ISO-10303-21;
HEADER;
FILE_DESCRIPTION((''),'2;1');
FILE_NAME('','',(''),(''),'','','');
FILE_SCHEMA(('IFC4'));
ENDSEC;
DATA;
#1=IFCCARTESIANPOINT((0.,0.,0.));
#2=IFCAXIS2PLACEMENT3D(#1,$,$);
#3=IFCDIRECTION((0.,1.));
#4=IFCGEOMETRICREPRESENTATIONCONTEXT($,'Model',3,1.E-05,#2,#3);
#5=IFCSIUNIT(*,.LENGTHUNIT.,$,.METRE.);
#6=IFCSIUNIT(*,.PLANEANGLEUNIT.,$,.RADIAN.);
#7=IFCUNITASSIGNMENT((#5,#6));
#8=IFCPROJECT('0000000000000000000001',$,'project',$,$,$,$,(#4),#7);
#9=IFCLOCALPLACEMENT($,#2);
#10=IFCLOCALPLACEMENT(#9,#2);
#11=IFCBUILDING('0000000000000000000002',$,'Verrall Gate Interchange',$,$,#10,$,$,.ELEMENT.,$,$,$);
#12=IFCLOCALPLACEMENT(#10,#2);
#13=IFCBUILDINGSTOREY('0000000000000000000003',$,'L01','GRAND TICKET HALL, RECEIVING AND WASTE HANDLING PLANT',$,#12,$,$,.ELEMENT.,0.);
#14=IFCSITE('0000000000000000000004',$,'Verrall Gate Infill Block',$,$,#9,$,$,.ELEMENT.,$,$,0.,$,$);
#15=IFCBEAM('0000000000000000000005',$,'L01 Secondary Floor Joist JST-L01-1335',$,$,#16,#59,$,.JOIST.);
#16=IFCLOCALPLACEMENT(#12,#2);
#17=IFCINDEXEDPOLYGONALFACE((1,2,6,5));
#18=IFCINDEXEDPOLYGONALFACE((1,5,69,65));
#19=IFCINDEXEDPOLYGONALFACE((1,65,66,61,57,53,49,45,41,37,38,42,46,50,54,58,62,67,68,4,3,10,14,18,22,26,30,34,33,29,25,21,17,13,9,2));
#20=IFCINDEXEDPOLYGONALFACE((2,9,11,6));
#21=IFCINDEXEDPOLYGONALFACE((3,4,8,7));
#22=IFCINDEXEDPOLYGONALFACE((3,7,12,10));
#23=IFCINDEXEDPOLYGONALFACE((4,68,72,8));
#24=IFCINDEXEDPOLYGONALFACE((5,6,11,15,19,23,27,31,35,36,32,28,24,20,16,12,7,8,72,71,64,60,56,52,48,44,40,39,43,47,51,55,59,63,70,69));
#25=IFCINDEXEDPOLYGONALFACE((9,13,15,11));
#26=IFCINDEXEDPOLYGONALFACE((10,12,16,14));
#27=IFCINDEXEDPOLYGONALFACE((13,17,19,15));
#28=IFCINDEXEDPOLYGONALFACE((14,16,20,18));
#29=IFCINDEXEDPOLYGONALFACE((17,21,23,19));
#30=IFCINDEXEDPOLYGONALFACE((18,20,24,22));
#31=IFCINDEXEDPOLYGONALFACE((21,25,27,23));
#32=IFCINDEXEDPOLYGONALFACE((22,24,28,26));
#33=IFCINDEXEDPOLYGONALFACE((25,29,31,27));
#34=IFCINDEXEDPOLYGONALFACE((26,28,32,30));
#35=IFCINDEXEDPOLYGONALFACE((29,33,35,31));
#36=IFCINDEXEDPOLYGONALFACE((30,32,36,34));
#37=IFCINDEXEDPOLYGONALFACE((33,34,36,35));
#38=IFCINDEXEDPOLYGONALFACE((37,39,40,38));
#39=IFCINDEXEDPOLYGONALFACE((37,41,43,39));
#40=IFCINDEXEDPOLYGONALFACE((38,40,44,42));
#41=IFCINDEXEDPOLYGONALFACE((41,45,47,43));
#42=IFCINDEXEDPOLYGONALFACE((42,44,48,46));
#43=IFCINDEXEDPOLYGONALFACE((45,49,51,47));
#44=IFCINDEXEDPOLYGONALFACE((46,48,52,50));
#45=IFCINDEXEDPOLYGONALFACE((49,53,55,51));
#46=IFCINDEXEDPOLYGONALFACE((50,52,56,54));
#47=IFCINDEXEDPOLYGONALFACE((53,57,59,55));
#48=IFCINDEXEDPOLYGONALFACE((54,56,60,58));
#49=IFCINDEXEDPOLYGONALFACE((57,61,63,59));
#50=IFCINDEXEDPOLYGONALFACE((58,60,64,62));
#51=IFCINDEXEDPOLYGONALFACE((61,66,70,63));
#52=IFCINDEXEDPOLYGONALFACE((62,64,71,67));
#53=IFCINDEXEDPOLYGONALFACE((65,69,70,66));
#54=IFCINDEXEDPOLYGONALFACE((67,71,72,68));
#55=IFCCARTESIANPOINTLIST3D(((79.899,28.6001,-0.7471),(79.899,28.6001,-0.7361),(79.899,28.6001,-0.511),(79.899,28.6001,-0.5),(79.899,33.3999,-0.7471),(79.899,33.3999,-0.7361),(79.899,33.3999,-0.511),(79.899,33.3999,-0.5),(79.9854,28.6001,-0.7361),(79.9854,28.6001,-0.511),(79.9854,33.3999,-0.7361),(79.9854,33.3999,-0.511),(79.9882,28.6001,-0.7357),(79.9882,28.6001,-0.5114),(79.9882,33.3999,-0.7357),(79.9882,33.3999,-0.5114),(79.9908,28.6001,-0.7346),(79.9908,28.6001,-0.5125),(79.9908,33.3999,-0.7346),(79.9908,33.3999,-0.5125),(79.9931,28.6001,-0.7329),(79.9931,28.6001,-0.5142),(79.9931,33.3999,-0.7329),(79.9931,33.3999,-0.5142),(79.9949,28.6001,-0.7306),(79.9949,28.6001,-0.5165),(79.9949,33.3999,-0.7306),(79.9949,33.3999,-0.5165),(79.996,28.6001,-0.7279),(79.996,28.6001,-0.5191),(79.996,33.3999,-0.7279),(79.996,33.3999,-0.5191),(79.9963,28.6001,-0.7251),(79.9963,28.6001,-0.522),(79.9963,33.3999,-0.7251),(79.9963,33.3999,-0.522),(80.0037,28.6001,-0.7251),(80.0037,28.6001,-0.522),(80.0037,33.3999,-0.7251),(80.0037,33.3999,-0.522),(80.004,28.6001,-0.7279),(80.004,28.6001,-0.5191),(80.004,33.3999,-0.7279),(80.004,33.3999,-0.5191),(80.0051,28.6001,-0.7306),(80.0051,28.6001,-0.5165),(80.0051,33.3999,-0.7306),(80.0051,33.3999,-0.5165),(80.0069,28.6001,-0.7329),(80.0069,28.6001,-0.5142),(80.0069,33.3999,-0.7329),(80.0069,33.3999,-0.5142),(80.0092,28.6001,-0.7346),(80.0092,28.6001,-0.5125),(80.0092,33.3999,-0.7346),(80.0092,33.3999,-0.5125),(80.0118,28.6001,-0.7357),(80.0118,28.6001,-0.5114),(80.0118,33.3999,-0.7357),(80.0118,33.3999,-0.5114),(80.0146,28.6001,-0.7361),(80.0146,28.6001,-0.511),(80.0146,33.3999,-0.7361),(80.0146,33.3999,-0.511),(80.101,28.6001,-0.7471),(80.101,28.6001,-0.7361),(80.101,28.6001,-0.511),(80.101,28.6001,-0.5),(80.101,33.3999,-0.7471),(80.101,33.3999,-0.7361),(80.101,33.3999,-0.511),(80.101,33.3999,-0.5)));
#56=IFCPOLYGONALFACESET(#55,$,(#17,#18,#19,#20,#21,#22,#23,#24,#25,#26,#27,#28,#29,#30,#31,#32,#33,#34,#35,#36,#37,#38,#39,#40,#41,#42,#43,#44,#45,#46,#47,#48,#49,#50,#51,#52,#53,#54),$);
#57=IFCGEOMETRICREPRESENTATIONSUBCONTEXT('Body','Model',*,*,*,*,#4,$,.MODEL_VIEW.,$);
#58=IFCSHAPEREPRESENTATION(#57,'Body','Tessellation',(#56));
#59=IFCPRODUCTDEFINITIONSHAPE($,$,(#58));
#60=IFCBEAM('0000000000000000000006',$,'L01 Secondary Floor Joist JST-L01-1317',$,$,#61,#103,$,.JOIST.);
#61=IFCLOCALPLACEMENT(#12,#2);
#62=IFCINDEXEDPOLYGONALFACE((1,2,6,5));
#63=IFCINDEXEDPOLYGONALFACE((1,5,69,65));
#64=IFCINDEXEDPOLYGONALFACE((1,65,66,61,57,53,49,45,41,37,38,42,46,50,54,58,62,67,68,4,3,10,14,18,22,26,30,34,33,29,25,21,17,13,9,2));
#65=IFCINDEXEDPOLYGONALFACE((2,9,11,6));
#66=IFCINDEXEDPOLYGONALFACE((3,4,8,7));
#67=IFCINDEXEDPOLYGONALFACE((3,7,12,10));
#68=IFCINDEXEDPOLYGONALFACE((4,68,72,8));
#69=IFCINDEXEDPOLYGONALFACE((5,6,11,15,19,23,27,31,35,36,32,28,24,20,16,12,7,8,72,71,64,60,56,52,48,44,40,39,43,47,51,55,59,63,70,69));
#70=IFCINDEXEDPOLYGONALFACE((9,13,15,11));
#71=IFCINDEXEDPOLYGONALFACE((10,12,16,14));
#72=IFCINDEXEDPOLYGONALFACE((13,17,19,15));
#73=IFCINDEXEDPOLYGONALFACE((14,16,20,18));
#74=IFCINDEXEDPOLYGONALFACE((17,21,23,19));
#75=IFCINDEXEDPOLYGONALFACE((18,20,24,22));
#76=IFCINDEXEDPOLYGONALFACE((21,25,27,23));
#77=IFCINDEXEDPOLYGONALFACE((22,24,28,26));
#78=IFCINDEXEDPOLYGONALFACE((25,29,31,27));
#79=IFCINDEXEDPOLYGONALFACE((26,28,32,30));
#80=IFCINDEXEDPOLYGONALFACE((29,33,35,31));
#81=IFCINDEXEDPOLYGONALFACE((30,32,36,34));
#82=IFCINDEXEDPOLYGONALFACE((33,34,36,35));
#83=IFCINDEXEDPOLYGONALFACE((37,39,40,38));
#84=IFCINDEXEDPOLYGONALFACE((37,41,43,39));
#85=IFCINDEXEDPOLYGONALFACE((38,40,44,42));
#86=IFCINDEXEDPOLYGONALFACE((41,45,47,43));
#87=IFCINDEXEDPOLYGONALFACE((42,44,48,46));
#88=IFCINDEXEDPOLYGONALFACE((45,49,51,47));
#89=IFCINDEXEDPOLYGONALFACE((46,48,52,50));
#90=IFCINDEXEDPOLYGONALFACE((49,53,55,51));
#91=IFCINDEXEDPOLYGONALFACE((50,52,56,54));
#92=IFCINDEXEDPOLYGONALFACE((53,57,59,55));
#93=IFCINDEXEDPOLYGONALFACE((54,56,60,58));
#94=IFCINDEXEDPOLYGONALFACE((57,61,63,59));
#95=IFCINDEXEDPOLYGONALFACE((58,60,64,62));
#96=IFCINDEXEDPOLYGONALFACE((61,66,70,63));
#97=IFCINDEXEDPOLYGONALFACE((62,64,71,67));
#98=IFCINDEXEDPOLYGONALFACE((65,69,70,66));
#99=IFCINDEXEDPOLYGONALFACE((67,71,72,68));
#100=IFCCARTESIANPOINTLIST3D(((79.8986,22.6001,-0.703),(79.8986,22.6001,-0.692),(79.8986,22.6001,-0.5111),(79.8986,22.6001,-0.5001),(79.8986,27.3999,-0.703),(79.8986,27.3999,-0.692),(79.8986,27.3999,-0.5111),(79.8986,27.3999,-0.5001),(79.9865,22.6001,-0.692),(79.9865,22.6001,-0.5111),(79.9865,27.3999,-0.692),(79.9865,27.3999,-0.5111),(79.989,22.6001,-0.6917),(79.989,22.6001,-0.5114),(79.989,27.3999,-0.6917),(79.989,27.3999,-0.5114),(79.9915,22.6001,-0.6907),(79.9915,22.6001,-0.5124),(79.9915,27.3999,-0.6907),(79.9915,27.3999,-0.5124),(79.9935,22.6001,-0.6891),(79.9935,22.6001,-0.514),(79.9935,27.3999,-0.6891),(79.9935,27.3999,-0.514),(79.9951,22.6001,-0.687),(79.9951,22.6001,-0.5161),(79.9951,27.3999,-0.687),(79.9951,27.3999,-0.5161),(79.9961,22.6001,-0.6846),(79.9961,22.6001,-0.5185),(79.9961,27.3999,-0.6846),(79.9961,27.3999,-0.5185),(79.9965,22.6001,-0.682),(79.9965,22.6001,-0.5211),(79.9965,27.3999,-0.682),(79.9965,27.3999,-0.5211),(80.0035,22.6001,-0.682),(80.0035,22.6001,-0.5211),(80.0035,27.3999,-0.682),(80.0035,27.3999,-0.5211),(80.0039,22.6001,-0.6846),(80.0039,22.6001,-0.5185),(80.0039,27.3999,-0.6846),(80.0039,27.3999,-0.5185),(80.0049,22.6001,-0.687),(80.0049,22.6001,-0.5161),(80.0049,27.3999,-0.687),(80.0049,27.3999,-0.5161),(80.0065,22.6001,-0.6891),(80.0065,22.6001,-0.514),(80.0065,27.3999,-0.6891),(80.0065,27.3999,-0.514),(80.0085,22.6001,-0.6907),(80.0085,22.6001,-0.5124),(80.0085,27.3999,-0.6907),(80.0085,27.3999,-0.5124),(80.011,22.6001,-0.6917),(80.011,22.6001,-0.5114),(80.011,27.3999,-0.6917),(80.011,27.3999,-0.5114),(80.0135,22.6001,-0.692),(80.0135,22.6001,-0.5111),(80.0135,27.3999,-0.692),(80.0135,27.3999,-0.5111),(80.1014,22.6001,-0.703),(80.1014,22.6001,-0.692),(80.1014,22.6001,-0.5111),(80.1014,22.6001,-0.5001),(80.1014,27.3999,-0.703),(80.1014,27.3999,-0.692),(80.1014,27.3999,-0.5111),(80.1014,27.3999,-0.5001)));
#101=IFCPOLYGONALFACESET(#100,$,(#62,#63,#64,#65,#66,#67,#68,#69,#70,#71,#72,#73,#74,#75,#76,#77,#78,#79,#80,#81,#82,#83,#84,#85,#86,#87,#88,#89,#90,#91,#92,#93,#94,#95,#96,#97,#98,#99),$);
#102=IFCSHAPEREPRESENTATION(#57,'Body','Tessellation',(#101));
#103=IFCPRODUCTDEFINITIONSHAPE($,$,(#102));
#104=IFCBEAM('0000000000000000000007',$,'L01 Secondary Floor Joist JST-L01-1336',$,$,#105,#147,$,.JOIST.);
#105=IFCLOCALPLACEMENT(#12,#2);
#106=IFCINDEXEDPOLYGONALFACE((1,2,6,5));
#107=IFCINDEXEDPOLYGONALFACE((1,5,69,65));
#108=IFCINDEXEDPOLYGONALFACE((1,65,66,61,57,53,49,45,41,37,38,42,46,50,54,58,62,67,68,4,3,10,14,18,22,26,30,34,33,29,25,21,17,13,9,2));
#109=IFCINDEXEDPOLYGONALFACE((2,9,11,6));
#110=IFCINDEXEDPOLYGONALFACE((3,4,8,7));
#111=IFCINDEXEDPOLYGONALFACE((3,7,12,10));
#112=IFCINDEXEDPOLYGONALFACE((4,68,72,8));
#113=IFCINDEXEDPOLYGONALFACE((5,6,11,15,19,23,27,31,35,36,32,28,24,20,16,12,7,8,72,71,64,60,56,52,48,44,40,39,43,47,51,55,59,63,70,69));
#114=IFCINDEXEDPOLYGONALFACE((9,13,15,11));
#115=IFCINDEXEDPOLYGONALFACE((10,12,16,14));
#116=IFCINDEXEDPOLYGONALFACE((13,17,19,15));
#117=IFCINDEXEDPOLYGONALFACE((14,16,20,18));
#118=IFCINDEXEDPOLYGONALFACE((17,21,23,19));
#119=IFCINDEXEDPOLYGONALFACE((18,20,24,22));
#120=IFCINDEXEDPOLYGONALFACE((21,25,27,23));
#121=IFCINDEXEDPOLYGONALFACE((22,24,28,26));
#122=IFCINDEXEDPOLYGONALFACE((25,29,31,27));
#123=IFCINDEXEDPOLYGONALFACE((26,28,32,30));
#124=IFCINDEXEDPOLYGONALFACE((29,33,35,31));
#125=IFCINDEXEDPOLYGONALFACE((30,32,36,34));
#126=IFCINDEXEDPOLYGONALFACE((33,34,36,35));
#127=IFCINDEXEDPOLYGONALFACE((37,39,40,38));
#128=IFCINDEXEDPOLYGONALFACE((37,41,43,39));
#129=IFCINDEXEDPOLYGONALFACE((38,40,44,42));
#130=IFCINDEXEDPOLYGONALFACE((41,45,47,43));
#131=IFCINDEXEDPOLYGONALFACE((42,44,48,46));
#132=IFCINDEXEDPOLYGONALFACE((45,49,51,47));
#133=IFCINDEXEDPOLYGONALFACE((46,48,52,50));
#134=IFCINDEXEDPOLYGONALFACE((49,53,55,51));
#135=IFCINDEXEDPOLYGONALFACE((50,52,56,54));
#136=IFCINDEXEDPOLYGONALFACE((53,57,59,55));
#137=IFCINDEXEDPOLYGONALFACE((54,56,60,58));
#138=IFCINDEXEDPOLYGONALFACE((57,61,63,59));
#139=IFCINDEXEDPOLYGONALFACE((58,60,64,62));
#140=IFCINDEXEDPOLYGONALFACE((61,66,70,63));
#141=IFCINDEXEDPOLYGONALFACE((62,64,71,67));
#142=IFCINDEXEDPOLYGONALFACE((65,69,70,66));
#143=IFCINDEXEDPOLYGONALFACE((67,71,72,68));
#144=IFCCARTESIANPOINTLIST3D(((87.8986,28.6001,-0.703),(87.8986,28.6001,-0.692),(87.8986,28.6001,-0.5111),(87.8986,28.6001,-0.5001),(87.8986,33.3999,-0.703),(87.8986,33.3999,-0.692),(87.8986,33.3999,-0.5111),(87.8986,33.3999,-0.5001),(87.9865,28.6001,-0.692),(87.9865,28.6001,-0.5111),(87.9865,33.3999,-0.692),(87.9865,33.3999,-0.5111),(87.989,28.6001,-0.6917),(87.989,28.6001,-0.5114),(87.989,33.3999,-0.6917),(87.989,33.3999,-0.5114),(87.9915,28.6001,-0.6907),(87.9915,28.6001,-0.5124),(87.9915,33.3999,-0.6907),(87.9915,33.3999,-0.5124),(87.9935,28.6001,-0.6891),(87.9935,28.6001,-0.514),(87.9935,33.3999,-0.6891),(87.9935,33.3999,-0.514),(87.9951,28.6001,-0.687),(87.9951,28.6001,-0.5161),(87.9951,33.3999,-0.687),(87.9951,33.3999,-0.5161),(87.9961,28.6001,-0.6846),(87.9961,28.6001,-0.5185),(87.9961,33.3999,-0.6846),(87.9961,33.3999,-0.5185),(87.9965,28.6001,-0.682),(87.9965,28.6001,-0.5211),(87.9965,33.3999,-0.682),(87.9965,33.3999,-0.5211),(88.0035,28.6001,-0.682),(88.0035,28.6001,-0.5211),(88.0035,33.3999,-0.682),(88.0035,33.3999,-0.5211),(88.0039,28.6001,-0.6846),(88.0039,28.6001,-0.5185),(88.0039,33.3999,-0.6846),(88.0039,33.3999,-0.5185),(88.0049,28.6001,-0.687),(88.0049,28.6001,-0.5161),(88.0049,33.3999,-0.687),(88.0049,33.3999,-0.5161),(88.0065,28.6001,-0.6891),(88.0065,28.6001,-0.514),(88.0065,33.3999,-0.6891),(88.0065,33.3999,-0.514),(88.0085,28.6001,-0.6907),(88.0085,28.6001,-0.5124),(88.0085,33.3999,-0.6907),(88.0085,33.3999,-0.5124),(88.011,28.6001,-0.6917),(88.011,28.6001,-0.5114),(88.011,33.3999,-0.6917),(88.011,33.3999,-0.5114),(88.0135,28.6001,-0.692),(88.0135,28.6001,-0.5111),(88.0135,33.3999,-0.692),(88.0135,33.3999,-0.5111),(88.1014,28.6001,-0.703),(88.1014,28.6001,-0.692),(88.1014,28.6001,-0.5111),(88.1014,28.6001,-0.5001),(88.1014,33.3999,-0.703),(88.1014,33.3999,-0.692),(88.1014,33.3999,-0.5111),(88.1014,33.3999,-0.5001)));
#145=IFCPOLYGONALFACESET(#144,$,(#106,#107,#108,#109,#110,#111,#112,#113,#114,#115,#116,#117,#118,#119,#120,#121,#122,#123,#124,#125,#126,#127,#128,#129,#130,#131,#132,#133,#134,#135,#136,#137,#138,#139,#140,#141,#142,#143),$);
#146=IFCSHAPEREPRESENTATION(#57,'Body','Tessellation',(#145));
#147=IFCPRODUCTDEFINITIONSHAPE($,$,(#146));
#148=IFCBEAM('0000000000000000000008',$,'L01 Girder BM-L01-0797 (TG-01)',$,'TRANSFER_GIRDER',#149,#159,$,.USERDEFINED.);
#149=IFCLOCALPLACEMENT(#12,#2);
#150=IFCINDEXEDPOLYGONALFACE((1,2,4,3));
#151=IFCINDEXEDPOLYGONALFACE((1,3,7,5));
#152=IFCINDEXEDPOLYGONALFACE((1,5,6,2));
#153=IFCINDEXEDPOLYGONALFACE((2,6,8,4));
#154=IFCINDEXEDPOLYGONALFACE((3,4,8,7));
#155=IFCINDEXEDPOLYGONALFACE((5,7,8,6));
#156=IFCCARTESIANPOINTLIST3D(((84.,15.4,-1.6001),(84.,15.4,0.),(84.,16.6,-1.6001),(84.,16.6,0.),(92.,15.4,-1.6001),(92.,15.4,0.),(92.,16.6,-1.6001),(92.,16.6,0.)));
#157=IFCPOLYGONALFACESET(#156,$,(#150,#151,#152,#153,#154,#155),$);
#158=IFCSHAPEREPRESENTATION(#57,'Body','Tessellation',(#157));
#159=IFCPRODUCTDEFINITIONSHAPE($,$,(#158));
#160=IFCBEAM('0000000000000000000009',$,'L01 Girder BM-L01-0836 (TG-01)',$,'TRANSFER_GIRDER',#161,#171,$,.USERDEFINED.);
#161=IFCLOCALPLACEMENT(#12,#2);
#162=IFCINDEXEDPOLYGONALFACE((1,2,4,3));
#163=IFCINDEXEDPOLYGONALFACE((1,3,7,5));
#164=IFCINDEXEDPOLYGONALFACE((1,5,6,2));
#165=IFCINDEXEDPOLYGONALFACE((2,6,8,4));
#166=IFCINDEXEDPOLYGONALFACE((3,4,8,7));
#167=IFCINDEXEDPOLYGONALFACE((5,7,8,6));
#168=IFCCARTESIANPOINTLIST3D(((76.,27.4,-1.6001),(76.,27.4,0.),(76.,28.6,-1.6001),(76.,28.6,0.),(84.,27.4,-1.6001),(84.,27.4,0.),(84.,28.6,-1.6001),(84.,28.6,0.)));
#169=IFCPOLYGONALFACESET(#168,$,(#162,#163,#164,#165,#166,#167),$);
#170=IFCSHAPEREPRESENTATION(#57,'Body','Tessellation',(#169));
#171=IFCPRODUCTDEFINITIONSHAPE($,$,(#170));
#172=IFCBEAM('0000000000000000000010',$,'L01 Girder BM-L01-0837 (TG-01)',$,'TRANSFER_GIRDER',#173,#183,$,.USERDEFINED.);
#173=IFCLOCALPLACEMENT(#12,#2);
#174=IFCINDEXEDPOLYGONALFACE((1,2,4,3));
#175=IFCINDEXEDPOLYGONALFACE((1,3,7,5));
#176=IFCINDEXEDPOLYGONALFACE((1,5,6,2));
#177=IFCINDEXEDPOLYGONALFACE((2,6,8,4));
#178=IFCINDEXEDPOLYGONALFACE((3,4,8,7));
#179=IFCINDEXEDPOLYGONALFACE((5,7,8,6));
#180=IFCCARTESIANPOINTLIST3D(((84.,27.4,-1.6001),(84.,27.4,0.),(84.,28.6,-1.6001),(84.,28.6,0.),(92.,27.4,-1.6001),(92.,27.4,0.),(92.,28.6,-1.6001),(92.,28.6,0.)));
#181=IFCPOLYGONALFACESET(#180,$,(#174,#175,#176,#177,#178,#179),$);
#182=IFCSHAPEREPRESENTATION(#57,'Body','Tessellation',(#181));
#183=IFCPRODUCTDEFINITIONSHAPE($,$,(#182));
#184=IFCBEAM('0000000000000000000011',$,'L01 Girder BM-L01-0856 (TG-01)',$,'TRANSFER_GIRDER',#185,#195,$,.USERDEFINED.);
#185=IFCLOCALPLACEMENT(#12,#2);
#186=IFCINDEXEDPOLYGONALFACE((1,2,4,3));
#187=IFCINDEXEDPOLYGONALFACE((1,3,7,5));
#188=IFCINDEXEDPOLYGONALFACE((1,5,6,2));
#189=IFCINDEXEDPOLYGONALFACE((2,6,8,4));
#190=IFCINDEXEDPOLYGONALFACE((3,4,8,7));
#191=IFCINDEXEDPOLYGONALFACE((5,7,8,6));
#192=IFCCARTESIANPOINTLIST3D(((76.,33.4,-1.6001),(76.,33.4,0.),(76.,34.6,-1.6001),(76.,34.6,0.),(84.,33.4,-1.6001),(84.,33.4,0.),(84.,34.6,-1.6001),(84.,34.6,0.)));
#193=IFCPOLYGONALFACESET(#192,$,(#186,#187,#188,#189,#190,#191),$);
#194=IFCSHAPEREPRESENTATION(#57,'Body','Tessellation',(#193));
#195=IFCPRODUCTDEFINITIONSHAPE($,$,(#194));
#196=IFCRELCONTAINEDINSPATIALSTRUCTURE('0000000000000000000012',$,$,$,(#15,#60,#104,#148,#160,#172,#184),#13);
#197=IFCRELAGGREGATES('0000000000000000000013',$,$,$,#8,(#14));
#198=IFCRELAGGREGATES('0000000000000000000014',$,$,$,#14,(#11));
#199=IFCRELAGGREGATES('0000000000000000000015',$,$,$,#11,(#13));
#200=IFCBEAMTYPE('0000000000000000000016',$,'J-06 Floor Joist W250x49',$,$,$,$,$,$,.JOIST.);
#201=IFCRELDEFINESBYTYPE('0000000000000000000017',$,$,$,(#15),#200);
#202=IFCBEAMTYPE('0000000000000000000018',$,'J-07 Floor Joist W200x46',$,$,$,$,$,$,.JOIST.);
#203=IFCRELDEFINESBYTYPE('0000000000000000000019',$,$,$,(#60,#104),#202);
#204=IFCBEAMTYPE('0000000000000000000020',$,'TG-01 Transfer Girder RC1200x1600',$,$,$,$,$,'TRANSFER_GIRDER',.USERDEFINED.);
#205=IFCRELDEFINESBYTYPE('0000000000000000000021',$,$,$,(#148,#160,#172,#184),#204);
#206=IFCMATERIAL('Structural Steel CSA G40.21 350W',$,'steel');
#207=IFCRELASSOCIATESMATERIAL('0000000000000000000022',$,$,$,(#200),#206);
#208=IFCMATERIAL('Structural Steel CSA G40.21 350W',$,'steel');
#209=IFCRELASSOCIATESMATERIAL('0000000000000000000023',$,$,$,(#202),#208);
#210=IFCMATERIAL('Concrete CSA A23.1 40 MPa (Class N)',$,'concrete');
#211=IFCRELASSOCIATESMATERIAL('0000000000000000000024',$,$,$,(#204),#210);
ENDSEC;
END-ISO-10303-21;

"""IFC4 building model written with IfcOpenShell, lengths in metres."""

from ifc_helpers import new_model, si_unit, direction, frame, origin, origin_2d, place, context, subcontext, project, spatial, rectangle, i_section, extrude, material, material_profile, profile_set, type_object, element, save


model = new_model("IFC4")

# Units and contexts
model_context = context("Model", 3, precision=1e-05, world=origin(), true_north=direction((0.0, 1.0)))
body_context = subcontext(model_context, "Body", "Model", "MODEL_VIEW")
ifc_project = project(units=[si_unit("LENGTHUNIT", "METRE"), si_unit("PLANEANGLEUNIT", "RADIAN")], contexts=[model_context])

# Site, building, storey
site_placement = place(None, origin())
site = spatial("IfcSite", under=ifc_project, at=site_placement, Name="Verrall Gate Infill Block", CompositionType="ELEMENT", RefElevation=0.0)
building_placement = place(site_placement, origin())
building = spatial("IfcBuilding", under=site, at=building_placement, Name="Verrall Gate Interchange", CompositionType="ELEMENT")
storey_placement = place(building_placement, origin())
storey = spatial("IfcBuildingStorey", under=building, at=storey_placement, Name="L01", Description="GRAND TICKET HALL, RECEIVING AND WASTE HANDLING PLANT", CompositionType="ELEMENT", Elevation=0.0)

# Beams
ifc_material_1 = material(Name="Structural Steel CSA G40.21 350W", Category="steel")
ifc_material_profile_1 = material_profile(ifc_material_1, i_section(OverallWidth=0.2019, OverallDepth=0.2471, WebThickness=0.0073, FlangeThickness=0.011, FilletRadius=0.011, at=origin_2d()), Name="W250x49")
ifc_profile_set_1 = profile_set([ifc_material_profile_1], Name="Structural Steel CSA G40.21 350W")
beam_type_1 = type_object("IfcBeamType", Name="J-06 Floor Joist W250x49", PredefinedType="JOIST", material=ifc_profile_set_1)
beam_1_placement = place(storey_placement, frame((80.0, 28.6001, -0.6235), z_axis=(0.0, 1.0, 0.0), x_axis=(-1.0, 0.0, 0.0)))
element("IfcBeam", 1, at=beam_1_placement, inside=storey, type_object=beam_type_1, Name="L01 Secondary Floor Joist JST-L01-1335", PredefinedType="JOIST", context=body_context, shape_type="SweptSolid", body=[
    extrude(i_section(OverallWidth=0.2019, OverallDepth=0.2471, WebThickness=0.0073, FlangeThickness=0.011, FilletRadius=0.011, at=origin_2d()), origin(), (0.0, 0.0, 1.0), 4.7998),
])
ifc_material_2 = material(Name="Structural Steel CSA G40.21 350W", Category="steel")
ifc_material_profile_2 = material_profile(ifc_material_2, i_section(OverallWidth=0.2029, OverallDepth=0.2029, WebThickness=0.0071, FlangeThickness=0.011, FilletRadius=0.01, at=origin_2d()), Name="W200x46")
ifc_profile_set_2 = profile_set([ifc_material_profile_2], Name="Structural Steel CSA G40.21 350W")
beam_type_2 = type_object("IfcBeamType", Name="J-07 Floor Joist W200x46", PredefinedType="JOIST", material=ifc_profile_set_2)
for number, where, z_axis, x_axis, name in (
    (2, (80.0, 22.6001, -0.6016), (0.0, 1.0, 0.0), (-1.0, 0.0, 0.0), "L01 Secondary Floor Joist JST-L01-1317"),
    (3, (88.0, 28.6001, -0.6016), (0.0, 1.0, 0.0), (-1.0, 0.0, 0.0), "L01 Secondary Floor Joist JST-L01-1336"),
):
    element("IfcBeam", number, at=place(storey_placement, frame(where, z_axis=z_axis, x_axis=x_axis)), inside=storey, type_object=beam_type_2, Name=name, PredefinedType="JOIST", context=body_context, shape_type="SweptSolid", body=[
        extrude(i_section(OverallWidth=0.2029, OverallDepth=0.2029, WebThickness=0.0071, FlangeThickness=0.011, FilletRadius=0.01, at=origin_2d()), origin(), (0.0, 0.0, 1.0), 4.7998),
    ])
ifc_material_3 = material(Name="Concrete CSA A23.1 40 MPa (Class N)", Category="concrete")
ifc_material_profile_3 = material_profile(ifc_material_3, rectangle(XDim=1.2, YDim=1.6001, at=origin_2d()), Name="RC1200x1600")
ifc_profile_set_3 = profile_set([ifc_material_profile_3], Name="Concrete CSA A23.1 40 MPa (Class N)")
beam_type_3 = type_object("IfcBeamType", Name="TG-01 Transfer Girder RC1200x1600", ElementType="TRANSFER_GIRDER", PredefinedType="USERDEFINED", material=ifc_profile_set_3)
for number, where, z_axis, x_axis, name in (
    (4, (84.0, 16.0, -0.8), (1.0, 0.0, 0.0), (0.0, 1.0, 0.0), "L01 Girder BM-L01-0797 (TG-01)"),
    (5, (76.0, 28.0, -0.8), (1.0, 0.0, 0.0), (0.0, 1.0, 0.0), "L01 Girder BM-L01-0836 (TG-01)"),
    (6, (84.0, 28.0, -0.8), (1.0, 0.0, 0.0), (0.0, 1.0, 0.0), "L01 Girder BM-L01-0837 (TG-01)"),
    (7, (76.0, 34.0, -0.8), (1.0, 0.0, 0.0), (0.0, 1.0, 0.0), "L01 Girder BM-L01-0856 (TG-01)"),
):
    element("IfcBeam", number, at=place(storey_placement, frame(where, z_axis=z_axis, x_axis=x_axis)), inside=storey, type_object=beam_type_3, Name=name, ObjectType="TRANSFER_GIRDER", PredefinedType="USERDEFINED", context=body_context, shape_type="SweptSolid", body=[
        extrude(rectangle(XDim=1.2, YDim=1.6001, at=origin_2d()), origin(), (0.0, 0.0, 1.0), 8.0),
    ])

save(model, "model.ifc")
